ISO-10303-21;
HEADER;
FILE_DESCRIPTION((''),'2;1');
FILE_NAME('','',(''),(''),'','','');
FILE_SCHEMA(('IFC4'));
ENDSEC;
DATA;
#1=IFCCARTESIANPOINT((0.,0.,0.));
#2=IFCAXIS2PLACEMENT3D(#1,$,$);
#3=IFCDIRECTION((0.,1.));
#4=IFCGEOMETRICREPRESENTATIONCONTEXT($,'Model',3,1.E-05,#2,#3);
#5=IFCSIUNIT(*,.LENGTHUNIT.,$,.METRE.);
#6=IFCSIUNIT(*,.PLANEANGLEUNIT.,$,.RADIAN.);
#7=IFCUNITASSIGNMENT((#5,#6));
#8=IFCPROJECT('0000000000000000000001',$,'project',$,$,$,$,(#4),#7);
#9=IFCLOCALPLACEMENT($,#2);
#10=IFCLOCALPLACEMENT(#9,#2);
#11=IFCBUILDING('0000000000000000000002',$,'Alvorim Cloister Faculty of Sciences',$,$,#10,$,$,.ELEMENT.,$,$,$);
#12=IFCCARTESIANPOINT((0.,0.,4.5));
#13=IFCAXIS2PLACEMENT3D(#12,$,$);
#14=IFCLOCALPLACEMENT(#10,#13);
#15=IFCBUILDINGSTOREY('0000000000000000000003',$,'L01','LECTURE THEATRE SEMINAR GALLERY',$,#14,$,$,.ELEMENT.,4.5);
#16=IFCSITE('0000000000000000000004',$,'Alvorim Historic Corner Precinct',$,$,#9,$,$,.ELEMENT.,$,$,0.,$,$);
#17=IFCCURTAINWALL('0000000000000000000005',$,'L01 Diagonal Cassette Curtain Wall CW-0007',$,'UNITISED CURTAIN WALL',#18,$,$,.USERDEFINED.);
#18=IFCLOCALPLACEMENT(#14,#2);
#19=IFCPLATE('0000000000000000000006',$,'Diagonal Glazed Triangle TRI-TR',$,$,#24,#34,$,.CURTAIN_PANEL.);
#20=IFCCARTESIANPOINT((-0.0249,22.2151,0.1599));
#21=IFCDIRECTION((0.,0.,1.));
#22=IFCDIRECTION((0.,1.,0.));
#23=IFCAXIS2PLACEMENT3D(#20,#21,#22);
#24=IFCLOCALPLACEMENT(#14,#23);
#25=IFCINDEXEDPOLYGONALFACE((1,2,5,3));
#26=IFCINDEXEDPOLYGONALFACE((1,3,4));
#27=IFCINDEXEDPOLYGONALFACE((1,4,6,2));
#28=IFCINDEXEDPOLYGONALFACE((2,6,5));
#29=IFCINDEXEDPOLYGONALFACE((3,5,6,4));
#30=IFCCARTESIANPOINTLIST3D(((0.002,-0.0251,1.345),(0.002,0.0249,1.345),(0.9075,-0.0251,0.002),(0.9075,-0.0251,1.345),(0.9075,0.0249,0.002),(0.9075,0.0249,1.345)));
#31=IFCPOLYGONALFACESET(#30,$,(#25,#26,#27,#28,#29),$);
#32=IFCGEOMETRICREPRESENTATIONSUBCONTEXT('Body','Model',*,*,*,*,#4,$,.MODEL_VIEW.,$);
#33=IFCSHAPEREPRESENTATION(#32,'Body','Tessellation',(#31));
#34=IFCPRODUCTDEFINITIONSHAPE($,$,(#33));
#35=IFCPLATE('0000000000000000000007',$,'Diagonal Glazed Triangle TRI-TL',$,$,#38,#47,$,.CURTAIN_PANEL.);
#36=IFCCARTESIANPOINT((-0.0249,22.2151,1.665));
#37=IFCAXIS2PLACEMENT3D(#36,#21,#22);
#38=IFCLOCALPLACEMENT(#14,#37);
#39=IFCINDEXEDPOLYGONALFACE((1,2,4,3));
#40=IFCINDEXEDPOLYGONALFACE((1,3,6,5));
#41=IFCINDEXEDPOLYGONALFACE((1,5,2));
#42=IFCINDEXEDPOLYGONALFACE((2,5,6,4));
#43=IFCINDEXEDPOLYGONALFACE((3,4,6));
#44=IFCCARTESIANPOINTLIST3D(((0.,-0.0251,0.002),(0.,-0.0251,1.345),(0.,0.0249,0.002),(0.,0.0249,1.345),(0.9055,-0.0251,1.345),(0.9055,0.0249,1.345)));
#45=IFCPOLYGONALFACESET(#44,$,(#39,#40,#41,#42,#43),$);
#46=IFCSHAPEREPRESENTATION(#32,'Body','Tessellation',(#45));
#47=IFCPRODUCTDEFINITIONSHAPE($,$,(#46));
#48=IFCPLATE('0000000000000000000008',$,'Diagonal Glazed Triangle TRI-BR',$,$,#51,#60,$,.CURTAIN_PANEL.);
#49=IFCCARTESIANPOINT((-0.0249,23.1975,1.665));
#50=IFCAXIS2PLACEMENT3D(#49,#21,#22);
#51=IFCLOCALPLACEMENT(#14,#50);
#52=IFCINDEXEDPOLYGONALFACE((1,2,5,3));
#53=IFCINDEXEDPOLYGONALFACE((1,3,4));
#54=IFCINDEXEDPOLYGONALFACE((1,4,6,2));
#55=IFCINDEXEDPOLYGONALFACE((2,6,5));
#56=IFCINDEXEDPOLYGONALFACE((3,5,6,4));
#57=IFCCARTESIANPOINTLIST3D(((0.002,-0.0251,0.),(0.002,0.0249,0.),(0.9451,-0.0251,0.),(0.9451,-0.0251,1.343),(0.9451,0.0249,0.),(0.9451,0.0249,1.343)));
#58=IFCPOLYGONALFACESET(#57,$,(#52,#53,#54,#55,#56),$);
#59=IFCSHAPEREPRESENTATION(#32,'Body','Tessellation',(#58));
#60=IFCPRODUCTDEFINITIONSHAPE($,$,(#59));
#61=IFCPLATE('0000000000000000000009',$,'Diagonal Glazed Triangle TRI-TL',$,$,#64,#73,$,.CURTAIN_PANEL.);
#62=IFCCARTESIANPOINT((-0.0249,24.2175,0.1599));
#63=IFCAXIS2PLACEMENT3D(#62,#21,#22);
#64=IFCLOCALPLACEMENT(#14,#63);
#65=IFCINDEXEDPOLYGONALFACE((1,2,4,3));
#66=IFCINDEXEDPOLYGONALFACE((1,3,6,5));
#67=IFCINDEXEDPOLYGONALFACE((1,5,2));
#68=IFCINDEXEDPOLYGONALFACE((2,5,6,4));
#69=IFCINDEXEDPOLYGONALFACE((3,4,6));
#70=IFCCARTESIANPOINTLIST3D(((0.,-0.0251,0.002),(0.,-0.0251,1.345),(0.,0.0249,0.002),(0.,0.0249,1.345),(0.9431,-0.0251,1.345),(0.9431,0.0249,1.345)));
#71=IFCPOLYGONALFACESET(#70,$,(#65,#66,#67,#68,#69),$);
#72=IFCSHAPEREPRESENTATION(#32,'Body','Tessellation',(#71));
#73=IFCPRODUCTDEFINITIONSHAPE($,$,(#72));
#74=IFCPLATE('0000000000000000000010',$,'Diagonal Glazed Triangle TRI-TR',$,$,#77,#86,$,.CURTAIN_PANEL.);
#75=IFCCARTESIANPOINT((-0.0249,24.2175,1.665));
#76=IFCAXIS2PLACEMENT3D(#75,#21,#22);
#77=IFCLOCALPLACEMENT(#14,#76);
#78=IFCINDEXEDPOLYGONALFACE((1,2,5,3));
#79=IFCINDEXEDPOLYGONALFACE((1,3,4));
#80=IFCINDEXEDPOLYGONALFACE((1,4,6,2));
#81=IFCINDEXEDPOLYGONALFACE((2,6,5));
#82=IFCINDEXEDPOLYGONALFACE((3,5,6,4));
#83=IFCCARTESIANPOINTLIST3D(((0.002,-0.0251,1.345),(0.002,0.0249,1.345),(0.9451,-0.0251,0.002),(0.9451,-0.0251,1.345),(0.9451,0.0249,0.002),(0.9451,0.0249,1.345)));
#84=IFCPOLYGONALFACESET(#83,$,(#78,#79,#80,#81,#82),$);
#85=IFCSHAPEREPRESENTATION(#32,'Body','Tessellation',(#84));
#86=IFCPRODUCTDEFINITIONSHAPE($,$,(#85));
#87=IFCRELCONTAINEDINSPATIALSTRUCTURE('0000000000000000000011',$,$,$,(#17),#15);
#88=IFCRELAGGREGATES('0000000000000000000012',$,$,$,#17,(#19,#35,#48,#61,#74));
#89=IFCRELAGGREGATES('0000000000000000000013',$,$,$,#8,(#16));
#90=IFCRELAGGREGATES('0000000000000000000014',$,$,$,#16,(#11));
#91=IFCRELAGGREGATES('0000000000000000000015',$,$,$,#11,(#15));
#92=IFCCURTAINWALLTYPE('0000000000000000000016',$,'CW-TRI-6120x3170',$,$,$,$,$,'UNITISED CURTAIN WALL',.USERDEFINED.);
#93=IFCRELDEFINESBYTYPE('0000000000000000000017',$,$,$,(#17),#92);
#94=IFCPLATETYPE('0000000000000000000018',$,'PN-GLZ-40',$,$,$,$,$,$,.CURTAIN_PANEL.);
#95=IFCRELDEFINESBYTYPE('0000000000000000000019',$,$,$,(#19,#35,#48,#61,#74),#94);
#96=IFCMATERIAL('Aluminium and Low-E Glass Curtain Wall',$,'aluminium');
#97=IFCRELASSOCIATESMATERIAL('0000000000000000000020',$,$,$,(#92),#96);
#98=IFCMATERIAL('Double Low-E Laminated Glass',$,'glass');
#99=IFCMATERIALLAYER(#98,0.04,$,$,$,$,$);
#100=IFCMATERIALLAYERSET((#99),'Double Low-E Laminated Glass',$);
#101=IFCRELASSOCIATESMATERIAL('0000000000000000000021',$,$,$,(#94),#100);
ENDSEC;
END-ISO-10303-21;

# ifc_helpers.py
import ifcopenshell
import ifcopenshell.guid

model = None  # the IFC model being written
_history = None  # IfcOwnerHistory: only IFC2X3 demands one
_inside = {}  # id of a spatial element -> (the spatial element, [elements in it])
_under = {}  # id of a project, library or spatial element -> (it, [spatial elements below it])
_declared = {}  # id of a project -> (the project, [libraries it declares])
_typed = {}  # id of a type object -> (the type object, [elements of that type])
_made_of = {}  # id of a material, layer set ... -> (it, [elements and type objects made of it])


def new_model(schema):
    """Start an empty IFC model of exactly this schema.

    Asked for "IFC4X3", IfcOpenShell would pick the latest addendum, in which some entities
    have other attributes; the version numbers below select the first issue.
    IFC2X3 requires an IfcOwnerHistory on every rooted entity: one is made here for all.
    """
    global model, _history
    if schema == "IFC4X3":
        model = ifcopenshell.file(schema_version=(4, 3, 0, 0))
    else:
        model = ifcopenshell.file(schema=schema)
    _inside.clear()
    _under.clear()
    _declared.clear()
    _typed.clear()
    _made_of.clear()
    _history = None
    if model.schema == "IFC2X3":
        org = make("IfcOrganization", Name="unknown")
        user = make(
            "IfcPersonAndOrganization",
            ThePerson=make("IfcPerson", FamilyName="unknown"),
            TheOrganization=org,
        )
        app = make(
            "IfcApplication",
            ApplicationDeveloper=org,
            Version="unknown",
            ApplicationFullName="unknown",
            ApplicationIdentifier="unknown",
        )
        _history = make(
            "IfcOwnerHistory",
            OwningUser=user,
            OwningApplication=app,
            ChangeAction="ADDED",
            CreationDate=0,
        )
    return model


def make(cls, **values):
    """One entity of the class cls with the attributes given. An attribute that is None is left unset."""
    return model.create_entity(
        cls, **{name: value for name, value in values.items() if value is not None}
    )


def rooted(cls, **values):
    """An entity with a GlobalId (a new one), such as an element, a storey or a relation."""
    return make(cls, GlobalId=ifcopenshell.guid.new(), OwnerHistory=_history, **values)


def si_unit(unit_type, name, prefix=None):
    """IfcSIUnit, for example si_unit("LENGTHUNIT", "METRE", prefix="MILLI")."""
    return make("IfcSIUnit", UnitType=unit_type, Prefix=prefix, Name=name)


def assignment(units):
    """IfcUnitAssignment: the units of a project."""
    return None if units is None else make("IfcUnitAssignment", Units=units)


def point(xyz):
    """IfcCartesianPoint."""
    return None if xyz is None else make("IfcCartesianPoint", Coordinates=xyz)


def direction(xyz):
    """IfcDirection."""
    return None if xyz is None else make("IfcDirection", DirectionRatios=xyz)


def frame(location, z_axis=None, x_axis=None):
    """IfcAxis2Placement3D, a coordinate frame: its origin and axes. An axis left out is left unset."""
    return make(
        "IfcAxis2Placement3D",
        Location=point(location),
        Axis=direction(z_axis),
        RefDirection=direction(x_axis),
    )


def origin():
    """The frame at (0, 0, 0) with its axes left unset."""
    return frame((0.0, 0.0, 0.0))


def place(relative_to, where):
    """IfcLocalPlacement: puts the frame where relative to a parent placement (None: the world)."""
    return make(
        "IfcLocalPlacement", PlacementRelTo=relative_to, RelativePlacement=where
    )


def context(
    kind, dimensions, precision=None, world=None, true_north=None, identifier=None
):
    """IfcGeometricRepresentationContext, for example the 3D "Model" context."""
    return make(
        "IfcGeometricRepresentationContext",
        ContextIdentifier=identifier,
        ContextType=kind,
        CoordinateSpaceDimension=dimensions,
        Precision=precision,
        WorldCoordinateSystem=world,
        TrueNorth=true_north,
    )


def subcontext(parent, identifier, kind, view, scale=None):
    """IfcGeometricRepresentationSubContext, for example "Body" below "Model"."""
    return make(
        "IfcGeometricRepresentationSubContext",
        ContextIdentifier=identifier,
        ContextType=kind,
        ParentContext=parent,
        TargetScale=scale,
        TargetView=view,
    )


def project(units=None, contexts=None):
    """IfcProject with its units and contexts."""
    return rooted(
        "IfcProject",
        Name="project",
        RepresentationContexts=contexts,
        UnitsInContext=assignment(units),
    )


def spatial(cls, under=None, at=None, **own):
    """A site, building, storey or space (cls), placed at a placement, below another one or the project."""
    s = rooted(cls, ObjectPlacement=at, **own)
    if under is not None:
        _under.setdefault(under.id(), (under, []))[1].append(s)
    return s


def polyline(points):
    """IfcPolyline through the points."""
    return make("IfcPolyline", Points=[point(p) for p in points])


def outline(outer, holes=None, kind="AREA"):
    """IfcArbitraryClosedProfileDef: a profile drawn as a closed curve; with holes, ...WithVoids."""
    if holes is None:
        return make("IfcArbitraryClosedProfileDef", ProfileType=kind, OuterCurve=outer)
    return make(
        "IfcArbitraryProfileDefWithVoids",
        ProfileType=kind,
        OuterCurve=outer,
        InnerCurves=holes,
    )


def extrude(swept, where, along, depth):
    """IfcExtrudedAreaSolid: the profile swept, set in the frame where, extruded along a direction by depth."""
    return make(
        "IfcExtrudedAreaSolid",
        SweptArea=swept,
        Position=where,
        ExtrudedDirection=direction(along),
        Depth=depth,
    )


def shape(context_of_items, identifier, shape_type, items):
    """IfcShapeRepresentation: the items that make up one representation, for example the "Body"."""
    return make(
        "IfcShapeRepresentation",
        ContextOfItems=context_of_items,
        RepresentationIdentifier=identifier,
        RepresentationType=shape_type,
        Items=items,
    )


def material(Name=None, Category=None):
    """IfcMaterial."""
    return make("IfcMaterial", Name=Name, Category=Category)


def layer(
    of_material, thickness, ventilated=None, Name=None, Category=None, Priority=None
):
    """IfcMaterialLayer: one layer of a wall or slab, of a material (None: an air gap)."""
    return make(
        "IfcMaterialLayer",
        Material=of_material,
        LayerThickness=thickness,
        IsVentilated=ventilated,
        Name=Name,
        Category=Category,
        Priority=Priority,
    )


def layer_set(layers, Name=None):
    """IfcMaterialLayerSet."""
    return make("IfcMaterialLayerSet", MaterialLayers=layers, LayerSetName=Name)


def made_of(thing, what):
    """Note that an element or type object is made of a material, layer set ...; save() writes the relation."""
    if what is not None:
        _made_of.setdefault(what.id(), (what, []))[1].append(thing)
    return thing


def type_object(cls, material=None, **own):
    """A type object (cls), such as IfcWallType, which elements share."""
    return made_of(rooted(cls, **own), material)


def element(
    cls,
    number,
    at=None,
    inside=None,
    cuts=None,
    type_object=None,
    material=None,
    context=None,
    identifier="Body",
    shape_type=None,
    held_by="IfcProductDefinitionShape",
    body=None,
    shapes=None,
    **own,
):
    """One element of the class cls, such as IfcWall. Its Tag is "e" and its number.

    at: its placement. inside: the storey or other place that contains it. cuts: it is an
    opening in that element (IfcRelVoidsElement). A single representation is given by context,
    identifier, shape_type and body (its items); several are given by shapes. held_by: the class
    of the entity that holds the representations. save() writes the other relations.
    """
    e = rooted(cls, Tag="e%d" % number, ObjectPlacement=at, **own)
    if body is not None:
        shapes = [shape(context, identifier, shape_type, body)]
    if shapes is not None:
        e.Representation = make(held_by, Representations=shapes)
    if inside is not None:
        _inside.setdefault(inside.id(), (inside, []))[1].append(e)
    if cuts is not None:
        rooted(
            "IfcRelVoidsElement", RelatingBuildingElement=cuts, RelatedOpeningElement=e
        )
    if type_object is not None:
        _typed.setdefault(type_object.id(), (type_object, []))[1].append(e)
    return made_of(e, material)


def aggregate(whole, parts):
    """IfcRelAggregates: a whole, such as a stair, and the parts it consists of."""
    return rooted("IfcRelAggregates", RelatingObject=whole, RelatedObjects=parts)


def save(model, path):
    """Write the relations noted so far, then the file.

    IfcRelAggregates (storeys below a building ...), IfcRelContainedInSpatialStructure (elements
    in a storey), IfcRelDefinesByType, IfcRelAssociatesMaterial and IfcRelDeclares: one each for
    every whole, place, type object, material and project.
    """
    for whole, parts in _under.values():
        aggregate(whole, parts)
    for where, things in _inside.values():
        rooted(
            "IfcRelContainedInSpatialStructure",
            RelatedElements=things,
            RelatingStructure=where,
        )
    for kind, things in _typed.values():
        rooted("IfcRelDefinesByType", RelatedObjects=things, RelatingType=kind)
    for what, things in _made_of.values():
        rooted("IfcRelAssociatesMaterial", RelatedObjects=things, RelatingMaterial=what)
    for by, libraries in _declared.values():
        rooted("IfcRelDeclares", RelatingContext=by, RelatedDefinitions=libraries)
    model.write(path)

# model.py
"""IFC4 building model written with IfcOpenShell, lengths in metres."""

from ifc_helpers import new_model, si_unit, direction, frame, origin, place, context, subcontext, project, spatial, polyline, outline, extrude, material, layer, layer_set, type_object, element, aggregate, save


model = new_model("IFC4")

# Units and contexts
model_context = context("Model", 3, precision=1e-05, world=origin(), true_north=direction((0.0, 1.0)))
body_context = subcontext(model_context, "Body", "Model", "MODEL_VIEW")
ifc_project = project(units=[si_unit("LENGTHUNIT", "METRE"), si_unit("PLANEANGLEUNIT", "RADIAN")], contexts=[model_context])

# Site, building, storey
site_placement = place(None, origin())
site = spatial("IfcSite", under=ifc_project, at=site_placement, Name="Alvorim Historic Corner Precinct", CompositionType="ELEMENT", RefElevation=0.0)
building_placement = place(site_placement, origin())
building = spatial("IfcBuilding", under=site, at=building_placement, Name="Alvorim Cloister Faculty of Sciences", CompositionType="ELEMENT")
storey_placement = place(building_placement, frame((0.0, 0.0, 4.5)))
storey = spatial("IfcBuildingStorey", under=building, at=storey_placement, Name="L01", Description="LECTURE THEATRE SEMINAR GALLERY", CompositionType="ELEMENT", Elevation=4.5)

# Curtain wall, plates
ifc_material_1 = material(Name="Aluminium and Low-E Glass Curtain Wall", Category="aluminium")
curtain_wall_type = type_object("IfcCurtainWallType", Name="CW-TRI-6120x3170", ElementType="UNITISED CURTAIN WALL", PredefinedType="USERDEFINED", material=ifc_material_1)
curtain_wall_placement = place(storey_placement, origin())
curtain_wall = element("IfcCurtainWall", 1, at=curtain_wall_placement, inside=storey, type_object=curtain_wall_type, Name="L01 Diagonal Cassette Curtain Wall CW-0007", ObjectType="UNITISED CURTAIN WALL", PredefinedType="USERDEFINED")
ifc_material_2 = material(Name="Double Low-E Laminated Glass", Category="glass")
ifc_layer_1 = layer(ifc_material_2, 0.04)
ifc_layer_set_1 = layer_set([ifc_layer_1], Name="Double Low-E Laminated Glass")
plate_type = type_object("IfcPlateType", Name="PN-GLZ-40", PredefinedType="CURTAIN_PANEL", material=ifc_layer_set_1)
plate_1_placement = place(storey_placement, frame((-0.0249, 22.2151, 0.1599), z_axis=(0.0, 0.0, 1.0), x_axis=(0.0, 1.0, 0.0)))
plate_1 = element("IfcPlate", 2, at=plate_1_placement, type_object=plate_type, Name="Diagonal Glazed Triangle TRI-TR", PredefinedType="CURTAIN_PANEL", context=body_context, shape_type="SweptSolid", body=[
    extrude(outline(polyline([(0.9075, 0.002), (0.9075, 1.345), (0.002, 1.345), (0.9075, 0.002)])), frame((0.0, 0.0249, 0.0), z_axis=(0.0, -1.0, 0.0), x_axis=(1.0, 0.0, 0.0)), (0.0, 0.0, 1.0), 0.05),
])
plate_2_placement = place(storey_placement, frame((-0.0249, 22.2151, 1.665), z_axis=(0.0, 0.0, 1.0), x_axis=(0.0, 1.0, 0.0)))
plate_2 = element("IfcPlate", 3, at=plate_2_placement, type_object=plate_type, Name="Diagonal Glazed Triangle TRI-TL", PredefinedType="CURTAIN_PANEL", context=body_context, shape_type="SweptSolid", body=[
    extrude(outline(polyline([(0.9055, 1.345), (0.0, 1.345), (0.0, 0.002), (0.9055, 1.345)])), frame((0.0, 0.0249, 0.0), z_axis=(0.0, -1.0, 0.0), x_axis=(1.0, 0.0, 0.0)), (0.0, 0.0, 1.0), 0.05),
])
plate_3_placement = place(storey_placement, frame((-0.0249, 23.1975, 1.665), z_axis=(0.0, 0.0, 1.0), x_axis=(0.0, 1.0, 0.0)))
plate_3 = element("IfcPlate", 4, at=plate_3_placement, type_object=plate_type, Name="Diagonal Glazed Triangle TRI-BR", PredefinedType="CURTAIN_PANEL", context=body_context, shape_type="SweptSolid", body=[
    extrude(outline(polyline([(0.002, 0.0), (0.9451, 0.0), (0.9451, 1.343), (0.002, 0.0)])), frame((0.0, 0.0249, 0.0), z_axis=(0.0, -1.0, 0.0), x_axis=(1.0, 0.0, 0.0)), (0.0, 0.0, 1.0), 0.05),
])
plate_4_placement = place(storey_placement, frame((-0.0249, 24.2175, 0.1599), z_axis=(0.0, 0.0, 1.0), x_axis=(0.0, 1.0, 0.0)))
plate_4 = element("IfcPlate", 5, at=plate_4_placement, type_object=plate_type, Name="Diagonal Glazed Triangle TRI-TL", PredefinedType="CURTAIN_PANEL", context=body_context, shape_type="SweptSolid", body=[
    extrude(outline(polyline([(0.9431, 1.345), (0.0, 1.345), (0.0, 0.002), (0.9431, 1.345)])), frame((0.0, 0.0249, 0.0), z_axis=(0.0, -1.0, 0.0), x_axis=(1.0, 0.0, 0.0)), (0.0, 0.0, 1.0), 0.05),
])
plate_5_placement = place(storey_placement, frame((-0.0249, 24.2175, 1.665), z_axis=(0.0, 0.0, 1.0), x_axis=(0.0, 1.0, 0.0)))
plate_5 = element("IfcPlate", 6, at=plate_5_placement, type_object=plate_type, Name="Diagonal Glazed Triangle TRI-TR", PredefinedType="CURTAIN_PANEL", context=body_context, shape_type="SweptSolid", body=[
    extrude(outline(polyline([(0.9451, 0.002), (0.9451, 1.345), (0.002, 1.345), (0.9451, 0.002)])), frame((0.0, 0.0249, 0.0), z_axis=(0.0, -1.0, 0.0), x_axis=(1.0, 0.0, 0.0)), (0.0, 0.0, 1.0), 0.05),
])
aggregate(curtain_wall, [plate_1, plate_2, plate_3, plate_4, plate_5])

save(model, "model.ifc")
